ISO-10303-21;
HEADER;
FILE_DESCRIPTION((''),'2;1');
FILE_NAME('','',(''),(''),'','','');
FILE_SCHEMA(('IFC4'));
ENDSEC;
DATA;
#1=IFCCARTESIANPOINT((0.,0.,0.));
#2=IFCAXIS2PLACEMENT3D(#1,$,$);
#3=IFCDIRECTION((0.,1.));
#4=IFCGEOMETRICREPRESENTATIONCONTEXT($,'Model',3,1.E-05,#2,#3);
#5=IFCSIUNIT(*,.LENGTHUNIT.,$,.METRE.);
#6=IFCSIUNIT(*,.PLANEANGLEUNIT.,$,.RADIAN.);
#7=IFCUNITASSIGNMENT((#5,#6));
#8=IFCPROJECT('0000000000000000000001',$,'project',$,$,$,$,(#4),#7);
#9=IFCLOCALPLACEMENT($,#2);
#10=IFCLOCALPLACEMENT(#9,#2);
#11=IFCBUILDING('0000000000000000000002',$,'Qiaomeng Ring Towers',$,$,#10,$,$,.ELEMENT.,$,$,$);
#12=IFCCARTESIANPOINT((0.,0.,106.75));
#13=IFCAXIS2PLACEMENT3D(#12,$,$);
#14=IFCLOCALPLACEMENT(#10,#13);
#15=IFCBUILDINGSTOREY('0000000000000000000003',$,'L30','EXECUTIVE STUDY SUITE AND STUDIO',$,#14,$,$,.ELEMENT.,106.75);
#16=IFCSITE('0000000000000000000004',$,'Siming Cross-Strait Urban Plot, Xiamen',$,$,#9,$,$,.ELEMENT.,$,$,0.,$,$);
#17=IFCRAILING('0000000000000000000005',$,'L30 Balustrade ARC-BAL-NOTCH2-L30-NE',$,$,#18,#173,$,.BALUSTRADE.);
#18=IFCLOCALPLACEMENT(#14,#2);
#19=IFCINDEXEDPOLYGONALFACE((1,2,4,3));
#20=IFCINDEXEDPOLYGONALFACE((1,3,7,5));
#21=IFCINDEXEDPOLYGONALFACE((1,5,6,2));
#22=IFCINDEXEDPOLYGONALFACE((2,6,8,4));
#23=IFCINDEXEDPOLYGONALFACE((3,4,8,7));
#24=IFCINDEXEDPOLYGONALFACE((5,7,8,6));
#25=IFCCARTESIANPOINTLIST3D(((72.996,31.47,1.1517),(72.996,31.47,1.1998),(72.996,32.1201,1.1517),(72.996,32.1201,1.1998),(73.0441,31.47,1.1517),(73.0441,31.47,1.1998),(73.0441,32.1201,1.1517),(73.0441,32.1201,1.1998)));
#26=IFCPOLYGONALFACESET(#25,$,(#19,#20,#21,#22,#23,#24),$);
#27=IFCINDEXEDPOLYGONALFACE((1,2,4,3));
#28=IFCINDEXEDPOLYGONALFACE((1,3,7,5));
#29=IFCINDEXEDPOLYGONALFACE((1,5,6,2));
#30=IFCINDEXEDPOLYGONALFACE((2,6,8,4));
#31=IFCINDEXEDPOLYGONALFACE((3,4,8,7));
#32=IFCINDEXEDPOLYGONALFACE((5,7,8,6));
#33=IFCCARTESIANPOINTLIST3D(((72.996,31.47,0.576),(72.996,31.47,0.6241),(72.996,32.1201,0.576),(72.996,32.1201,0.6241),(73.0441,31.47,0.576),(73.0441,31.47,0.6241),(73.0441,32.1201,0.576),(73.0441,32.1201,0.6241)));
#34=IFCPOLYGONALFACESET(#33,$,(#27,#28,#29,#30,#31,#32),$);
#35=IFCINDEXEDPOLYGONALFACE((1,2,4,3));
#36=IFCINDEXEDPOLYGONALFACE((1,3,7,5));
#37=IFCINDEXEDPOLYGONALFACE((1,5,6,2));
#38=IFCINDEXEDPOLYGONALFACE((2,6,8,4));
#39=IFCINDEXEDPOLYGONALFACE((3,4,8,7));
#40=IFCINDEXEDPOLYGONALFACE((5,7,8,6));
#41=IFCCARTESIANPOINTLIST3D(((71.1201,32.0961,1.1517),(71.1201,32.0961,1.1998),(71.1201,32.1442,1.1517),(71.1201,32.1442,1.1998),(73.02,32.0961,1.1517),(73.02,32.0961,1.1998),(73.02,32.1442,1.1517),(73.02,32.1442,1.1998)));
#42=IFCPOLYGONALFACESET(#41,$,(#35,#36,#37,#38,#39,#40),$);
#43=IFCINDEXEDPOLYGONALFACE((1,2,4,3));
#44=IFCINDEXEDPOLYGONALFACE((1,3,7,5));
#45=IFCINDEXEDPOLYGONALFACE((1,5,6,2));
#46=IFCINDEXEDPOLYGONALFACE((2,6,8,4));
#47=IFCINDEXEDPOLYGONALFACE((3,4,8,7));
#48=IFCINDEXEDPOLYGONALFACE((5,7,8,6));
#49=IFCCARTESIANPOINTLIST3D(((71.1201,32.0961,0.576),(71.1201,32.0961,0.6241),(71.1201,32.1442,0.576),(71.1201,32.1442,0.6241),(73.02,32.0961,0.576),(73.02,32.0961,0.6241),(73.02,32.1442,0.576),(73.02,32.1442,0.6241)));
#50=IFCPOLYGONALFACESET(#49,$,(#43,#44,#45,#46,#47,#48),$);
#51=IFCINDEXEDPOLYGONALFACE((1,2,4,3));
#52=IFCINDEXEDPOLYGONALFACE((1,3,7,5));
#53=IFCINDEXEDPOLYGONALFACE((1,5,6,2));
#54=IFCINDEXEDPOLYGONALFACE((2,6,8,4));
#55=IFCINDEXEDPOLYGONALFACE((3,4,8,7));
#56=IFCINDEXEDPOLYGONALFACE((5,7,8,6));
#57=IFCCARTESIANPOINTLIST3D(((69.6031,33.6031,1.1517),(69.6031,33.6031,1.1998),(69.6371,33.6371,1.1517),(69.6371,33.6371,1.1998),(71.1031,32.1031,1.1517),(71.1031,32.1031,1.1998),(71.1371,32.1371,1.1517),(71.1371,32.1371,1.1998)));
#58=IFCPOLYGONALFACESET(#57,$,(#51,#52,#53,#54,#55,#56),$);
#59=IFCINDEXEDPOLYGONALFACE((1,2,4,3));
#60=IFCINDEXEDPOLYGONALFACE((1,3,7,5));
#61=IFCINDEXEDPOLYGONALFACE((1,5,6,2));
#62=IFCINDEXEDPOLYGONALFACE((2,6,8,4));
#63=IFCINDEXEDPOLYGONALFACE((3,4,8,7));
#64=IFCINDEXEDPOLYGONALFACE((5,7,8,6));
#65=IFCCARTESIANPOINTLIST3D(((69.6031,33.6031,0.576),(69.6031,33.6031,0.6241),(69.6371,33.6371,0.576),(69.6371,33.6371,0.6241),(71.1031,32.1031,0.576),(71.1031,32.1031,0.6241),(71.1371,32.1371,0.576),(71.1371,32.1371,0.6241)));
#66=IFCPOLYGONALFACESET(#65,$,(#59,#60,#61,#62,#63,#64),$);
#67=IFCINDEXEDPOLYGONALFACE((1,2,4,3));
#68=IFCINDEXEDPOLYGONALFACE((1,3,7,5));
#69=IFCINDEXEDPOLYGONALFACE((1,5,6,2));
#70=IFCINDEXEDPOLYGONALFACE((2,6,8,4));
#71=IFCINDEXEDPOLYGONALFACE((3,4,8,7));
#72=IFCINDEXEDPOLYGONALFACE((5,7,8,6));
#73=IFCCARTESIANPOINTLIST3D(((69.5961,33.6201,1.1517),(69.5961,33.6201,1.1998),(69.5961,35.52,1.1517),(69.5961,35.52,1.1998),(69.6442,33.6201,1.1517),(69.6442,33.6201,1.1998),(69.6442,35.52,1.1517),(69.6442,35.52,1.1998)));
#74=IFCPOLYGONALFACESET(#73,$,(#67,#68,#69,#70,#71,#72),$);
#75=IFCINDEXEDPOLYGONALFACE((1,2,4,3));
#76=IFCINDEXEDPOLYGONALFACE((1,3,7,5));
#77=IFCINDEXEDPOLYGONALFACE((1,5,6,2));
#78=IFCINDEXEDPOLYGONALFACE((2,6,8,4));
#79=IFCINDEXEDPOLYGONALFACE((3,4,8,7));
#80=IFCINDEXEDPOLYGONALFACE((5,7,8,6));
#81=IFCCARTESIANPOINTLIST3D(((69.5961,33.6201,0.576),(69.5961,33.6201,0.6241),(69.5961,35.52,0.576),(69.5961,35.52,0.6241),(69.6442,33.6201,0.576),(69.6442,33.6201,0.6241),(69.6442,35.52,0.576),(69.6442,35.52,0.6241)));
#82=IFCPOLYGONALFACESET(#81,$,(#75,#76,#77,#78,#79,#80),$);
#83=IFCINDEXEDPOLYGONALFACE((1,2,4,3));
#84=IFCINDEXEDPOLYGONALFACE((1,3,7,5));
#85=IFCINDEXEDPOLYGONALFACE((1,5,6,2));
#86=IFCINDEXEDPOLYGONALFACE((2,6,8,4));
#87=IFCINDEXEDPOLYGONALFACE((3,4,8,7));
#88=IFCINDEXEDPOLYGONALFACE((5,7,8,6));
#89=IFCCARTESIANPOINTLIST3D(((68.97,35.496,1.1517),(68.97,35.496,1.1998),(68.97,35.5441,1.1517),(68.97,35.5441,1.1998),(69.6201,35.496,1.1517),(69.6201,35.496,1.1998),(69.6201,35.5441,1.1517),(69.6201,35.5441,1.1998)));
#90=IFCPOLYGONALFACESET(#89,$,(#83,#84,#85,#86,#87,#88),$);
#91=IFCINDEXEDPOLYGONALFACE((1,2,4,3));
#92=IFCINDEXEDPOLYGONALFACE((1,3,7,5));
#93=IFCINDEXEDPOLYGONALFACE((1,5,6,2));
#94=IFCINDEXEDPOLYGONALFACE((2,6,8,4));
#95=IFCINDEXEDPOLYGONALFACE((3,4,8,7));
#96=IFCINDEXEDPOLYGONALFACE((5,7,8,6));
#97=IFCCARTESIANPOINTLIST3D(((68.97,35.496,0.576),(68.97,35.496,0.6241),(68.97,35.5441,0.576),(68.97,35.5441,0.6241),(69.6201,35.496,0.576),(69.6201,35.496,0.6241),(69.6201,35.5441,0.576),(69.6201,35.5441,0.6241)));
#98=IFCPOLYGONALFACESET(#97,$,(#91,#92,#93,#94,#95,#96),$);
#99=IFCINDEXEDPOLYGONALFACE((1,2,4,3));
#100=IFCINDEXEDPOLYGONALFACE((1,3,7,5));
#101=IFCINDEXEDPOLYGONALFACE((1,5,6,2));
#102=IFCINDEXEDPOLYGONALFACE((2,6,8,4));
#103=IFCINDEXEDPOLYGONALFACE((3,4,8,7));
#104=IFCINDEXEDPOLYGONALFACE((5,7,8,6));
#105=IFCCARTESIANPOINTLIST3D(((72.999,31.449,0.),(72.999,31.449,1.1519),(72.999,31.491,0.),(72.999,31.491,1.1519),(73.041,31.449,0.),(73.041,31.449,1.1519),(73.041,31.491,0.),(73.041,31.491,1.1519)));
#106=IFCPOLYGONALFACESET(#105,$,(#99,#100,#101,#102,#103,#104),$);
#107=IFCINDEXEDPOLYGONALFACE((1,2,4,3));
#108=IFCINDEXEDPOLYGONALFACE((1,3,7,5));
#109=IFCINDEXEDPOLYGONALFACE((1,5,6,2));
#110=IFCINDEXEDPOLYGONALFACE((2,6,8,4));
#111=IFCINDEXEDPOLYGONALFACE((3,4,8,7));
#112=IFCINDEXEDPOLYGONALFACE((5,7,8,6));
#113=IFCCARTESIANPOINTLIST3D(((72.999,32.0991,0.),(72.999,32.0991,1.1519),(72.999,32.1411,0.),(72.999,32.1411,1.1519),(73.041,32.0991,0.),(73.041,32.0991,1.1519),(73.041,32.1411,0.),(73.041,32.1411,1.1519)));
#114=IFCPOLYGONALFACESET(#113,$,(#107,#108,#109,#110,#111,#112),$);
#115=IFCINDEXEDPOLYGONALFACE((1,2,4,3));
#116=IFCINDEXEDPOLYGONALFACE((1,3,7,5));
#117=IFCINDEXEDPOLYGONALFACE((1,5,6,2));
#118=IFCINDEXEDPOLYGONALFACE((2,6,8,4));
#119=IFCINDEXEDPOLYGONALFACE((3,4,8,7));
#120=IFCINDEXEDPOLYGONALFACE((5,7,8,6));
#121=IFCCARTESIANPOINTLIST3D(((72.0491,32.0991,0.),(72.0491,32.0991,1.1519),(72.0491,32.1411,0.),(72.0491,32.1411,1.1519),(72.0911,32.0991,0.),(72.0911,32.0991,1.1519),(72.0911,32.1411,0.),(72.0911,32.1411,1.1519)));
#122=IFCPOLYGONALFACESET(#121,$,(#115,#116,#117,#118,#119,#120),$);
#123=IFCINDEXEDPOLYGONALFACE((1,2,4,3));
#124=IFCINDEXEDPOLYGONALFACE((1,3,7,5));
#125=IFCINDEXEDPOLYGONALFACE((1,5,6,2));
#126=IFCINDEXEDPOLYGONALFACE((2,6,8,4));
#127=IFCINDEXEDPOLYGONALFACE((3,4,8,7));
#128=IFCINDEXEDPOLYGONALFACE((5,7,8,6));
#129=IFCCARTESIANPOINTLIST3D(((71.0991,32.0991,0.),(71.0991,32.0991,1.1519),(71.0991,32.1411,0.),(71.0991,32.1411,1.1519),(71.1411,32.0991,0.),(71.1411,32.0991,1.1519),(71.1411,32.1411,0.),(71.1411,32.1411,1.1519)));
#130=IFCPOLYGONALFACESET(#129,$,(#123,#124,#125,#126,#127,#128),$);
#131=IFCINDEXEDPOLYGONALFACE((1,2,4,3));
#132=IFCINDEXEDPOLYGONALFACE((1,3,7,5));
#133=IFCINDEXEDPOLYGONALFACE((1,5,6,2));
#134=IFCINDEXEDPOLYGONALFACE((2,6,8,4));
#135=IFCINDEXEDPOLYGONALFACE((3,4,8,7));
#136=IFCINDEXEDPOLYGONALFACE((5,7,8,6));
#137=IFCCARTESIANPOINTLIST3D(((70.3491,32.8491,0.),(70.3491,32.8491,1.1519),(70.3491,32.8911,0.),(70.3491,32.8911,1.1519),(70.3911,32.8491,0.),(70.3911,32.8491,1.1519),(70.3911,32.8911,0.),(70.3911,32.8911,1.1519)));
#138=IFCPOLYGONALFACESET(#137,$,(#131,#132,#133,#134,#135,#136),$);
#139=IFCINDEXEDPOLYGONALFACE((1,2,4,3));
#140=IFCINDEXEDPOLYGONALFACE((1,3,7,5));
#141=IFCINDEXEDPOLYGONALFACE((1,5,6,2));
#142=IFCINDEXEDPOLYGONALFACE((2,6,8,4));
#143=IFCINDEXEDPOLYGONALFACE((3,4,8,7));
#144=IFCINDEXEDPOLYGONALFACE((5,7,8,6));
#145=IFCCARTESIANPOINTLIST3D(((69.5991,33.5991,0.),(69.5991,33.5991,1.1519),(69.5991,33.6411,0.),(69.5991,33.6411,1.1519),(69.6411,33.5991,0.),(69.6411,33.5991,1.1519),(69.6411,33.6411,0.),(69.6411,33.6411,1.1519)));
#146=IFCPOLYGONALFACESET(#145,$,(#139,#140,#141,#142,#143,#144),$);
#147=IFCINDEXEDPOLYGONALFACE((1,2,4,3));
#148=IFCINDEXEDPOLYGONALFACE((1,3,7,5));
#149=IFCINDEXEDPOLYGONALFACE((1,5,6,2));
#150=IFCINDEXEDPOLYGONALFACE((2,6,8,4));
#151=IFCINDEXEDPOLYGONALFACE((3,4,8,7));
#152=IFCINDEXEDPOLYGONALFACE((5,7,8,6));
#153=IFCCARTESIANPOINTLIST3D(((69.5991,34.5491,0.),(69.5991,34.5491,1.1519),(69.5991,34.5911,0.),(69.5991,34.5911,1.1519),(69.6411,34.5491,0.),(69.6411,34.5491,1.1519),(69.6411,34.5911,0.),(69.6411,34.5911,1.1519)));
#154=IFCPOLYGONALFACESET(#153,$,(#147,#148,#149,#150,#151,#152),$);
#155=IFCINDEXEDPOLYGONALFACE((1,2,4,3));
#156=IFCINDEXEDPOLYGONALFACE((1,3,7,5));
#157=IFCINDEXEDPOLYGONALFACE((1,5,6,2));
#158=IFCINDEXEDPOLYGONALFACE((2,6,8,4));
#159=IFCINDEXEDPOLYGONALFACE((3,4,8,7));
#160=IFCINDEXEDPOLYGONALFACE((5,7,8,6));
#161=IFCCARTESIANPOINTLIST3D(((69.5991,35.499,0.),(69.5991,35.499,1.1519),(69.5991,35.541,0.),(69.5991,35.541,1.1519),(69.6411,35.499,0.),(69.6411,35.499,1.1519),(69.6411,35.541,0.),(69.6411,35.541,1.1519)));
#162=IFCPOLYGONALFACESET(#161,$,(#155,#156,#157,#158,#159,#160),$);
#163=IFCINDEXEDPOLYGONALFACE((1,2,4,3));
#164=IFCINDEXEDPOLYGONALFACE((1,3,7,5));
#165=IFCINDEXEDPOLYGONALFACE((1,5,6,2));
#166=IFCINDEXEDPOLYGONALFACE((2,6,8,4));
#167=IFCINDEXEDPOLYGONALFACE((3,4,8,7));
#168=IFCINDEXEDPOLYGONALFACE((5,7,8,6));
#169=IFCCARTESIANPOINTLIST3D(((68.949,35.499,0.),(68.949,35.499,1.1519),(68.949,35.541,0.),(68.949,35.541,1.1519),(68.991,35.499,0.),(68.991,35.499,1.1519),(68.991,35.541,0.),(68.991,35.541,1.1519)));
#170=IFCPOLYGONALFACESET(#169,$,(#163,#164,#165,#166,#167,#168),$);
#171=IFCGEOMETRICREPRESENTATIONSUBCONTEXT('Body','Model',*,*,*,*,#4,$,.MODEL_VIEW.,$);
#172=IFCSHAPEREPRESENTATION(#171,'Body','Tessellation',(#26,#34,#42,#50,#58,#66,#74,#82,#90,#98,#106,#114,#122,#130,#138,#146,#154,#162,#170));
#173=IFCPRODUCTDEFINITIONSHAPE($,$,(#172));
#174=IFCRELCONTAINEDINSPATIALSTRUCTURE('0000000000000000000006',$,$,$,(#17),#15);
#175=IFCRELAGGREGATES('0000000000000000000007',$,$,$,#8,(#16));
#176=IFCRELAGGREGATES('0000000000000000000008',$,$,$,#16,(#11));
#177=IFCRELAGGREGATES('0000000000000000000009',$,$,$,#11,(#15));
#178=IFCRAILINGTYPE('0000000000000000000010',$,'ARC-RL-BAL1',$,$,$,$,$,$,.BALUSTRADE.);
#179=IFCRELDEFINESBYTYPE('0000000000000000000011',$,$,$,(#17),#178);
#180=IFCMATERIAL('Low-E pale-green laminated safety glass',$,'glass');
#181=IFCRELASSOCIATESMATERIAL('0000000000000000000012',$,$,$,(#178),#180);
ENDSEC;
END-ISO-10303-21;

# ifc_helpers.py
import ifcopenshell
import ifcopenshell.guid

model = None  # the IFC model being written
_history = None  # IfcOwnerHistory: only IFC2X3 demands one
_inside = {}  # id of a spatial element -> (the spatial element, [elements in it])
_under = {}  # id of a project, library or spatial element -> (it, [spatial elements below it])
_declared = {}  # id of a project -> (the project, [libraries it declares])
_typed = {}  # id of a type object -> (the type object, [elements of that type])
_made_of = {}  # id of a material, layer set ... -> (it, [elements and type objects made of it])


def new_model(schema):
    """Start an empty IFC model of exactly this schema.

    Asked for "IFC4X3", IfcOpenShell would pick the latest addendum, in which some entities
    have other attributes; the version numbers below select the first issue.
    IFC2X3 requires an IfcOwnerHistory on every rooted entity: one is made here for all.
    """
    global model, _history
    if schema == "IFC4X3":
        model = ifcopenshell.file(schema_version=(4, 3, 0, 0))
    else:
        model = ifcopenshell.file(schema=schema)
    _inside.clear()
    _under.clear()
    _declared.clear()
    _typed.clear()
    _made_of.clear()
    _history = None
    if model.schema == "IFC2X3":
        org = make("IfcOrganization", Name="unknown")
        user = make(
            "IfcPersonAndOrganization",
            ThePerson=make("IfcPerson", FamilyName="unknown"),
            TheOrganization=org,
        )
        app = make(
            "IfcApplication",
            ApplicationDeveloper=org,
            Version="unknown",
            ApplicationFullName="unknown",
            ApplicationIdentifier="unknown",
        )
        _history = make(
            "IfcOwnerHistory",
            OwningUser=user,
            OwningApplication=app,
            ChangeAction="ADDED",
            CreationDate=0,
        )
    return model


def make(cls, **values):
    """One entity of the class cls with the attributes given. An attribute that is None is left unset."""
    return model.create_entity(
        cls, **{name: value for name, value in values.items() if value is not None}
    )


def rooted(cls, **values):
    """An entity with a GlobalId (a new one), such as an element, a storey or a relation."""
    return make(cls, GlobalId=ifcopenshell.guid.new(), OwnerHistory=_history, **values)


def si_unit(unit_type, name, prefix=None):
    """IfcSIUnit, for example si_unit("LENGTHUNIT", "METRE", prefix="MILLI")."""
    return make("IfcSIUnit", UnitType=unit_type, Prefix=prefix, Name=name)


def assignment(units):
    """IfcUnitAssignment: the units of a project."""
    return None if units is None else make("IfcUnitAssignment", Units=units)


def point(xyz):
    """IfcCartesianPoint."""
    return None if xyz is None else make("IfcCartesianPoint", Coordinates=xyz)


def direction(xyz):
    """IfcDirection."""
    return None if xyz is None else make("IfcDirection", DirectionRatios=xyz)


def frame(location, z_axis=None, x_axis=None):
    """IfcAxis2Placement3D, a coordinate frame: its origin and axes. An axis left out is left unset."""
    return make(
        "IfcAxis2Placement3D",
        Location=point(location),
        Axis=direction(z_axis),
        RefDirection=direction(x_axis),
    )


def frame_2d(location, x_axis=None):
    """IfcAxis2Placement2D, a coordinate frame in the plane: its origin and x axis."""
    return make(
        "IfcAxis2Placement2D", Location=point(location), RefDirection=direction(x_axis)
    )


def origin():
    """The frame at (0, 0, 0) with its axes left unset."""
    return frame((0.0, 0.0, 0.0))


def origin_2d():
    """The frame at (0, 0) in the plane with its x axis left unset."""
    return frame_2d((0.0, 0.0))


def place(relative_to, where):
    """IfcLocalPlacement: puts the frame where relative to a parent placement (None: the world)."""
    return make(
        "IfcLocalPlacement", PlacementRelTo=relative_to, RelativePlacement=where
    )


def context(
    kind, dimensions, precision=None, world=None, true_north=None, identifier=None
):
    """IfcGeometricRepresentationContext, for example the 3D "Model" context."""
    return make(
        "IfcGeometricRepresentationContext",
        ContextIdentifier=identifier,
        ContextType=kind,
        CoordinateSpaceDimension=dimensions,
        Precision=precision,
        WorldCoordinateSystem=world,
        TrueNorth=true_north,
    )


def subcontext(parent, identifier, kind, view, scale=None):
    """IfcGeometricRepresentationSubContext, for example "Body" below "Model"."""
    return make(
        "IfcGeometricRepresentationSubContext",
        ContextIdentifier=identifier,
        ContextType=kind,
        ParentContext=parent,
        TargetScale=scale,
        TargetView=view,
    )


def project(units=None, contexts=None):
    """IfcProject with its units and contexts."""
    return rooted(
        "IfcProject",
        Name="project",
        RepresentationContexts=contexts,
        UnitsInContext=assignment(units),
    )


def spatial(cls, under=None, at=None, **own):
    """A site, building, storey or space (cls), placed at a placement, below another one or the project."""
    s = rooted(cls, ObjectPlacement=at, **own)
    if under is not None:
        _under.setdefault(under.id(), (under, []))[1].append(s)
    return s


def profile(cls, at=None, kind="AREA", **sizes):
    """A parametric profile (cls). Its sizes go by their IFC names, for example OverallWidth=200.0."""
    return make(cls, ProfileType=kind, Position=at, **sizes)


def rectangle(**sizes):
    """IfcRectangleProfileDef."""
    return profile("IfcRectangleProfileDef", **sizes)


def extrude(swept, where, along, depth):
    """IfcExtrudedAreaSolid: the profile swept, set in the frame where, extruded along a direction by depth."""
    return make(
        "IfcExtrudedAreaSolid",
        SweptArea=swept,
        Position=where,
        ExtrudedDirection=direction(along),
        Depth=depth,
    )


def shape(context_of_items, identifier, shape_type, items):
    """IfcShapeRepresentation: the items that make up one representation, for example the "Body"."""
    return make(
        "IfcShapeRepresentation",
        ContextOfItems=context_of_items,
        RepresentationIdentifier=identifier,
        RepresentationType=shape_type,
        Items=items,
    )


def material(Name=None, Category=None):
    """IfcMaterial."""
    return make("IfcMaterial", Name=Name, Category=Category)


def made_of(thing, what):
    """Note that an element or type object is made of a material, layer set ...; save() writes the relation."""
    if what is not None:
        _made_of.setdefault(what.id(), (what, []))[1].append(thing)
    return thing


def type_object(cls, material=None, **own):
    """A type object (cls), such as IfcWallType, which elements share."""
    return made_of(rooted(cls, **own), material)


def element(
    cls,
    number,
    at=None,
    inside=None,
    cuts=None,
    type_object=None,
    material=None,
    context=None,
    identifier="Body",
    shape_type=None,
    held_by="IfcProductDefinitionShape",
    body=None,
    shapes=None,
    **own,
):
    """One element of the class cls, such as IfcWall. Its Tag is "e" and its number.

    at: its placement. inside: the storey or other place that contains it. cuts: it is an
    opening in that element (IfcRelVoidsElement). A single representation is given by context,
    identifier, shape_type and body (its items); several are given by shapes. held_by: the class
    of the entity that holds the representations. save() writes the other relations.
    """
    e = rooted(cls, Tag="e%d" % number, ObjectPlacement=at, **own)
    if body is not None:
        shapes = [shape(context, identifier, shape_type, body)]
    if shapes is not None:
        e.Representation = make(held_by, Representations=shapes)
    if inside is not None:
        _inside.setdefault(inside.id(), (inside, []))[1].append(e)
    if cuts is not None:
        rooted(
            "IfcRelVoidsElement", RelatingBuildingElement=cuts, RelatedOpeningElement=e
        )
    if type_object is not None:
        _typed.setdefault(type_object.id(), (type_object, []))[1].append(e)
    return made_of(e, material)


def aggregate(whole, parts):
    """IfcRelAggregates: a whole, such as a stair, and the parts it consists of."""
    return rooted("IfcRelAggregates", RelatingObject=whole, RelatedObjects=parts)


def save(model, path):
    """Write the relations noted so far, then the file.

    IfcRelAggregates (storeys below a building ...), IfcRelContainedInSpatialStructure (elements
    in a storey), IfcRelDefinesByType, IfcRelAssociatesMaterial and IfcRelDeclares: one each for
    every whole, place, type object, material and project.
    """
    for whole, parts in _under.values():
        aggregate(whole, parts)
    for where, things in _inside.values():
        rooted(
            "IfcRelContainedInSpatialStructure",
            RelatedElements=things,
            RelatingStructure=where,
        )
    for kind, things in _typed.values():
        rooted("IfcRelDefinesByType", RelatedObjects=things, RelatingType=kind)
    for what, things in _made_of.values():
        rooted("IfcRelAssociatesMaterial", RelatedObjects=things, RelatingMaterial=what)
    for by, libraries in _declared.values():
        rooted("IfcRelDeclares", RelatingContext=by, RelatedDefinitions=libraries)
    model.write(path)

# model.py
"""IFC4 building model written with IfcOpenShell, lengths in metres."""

from ifc_helpers import new_model, si_unit, direction, frame, origin, origin_2d, place, context, subcontext, project, spatial, rectangle, extrude, material, type_object, element, save


model = new_model("IFC4")

# Units and contexts
model_context = context("Model", 3, precision=1e-05, world=origin(), true_north=direction((0.0, 1.0)))
body_context = subcontext(model_context, "Body", "Model", "MODEL_VIEW")
ifc_project = project(units=[si_unit("LENGTHUNIT", "METRE"), si_unit("PLANEANGLEUNIT", "RADIAN")], contexts=[model_context])

# Site, building, storey
site_placement = place(None, origin())
site = spatial("IfcSite", under=ifc_project, at=site_placement, Name="Siming Cross-Strait Urban Plot, Xiamen", CompositionType="ELEMENT", RefElevation=0.0)
building_placement = place(site_placement, origin())
building = spatial("IfcBuilding", under=site, at=building_placement, Name="Qiaomeng Ring Towers", CompositionType="ELEMENT")
storey_placement = place(building_placement, frame((0.0, 0.0, 106.75)))
storey = spatial("IfcBuildingStorey", under=building, at=storey_placement, Name="L30", Description="EXECUTIVE STUDY SUITE AND STUDIO", CompositionType="ELEMENT", Elevation=106.75)

# Railing
ifc_material_1 = material(Name="Low-E pale-green laminated safety glass", Category="glass")
railing_type = type_object("IfcRailingType", Name="ARC-RL-BAL1", PredefinedType="BALUSTRADE", material=ifc_material_1)
railing_1_placement = place(storey_placement, frame((73.02, 31.47, 0.0)))
element("IfcRailing", 1, at=railing_1_placement, inside=storey, type_object=railing_type, Name="L30 Balustrade ARC-BAL-NOTCH2-L30-NE", PredefinedType="BALUSTRADE", context=body_context, shape_type="SweptSolid", body=[
    extrude(rectangle(XDim=0.0481, YDim=0.0481, at=origin_2d()), frame((0.0, 0.0, 1.1758), z_axis=(0.0, 1.0, 0.0), x_axis=(-1.0, 0.0, 0.0)), (0.0, 0.0, 1.0), 0.6501),
    extrude(rectangle(XDim=0.0481, YDim=0.0481, at=origin_2d()), frame((0.0, 0.0, 0.6001), z_axis=(0.0, 1.0, 0.0), x_axis=(-1.0, 0.0, 0.0)), (0.0, 0.0, 1.0), 0.6501),
    extrude(rectangle(XDim=0.0481, YDim=0.0481, at=origin_2d()), frame((0.0, 0.6501, 1.1758), z_axis=(-1.0, 0.0, 0.0), x_axis=(0.0, -1.0, 0.0)), (0.0, 0.0, 1.0), 1.8999),
    extrude(rectangle(XDim=0.0481, YDim=0.0481, at=origin_2d()), frame((0.0, 0.6501, 0.6001), z_axis=(-1.0, 0.0, 0.0), x_axis=(0.0, -1.0, 0.0)), (0.0, 0.0, 1.0), 1.8999),
    extrude(rectangle(XDim=0.0481, YDim=0.0481, at=origin_2d()), frame((-1.8999, 0.6501, 1.1758), z_axis=(-0.707107, 0.707107, 0.0), x_axis=(-0.707107, -0.707107, 0.0)), (0.0, 0.0, 1.0), 2.1213),
    extrude(rectangle(XDim=0.0481, YDim=0.0481, at=origin_2d()), frame((-1.8999, 0.6501, 0.6001), z_axis=(-0.707107, 0.707107, 0.0), x_axis=(-0.707107, -0.707107, 0.0)), (0.0, 0.0, 1.0), 2.1213),
    extrude(rectangle(XDim=0.0481, YDim=0.0481, at=origin_2d()), frame((-3.3999, 2.1501, 1.1758), z_axis=(0.0, 1.0, 0.0), x_axis=(-1.0, 0.0, 0.0)), (0.0, 0.0, 1.0), 1.8999),
    extrude(rectangle(XDim=0.0481, YDim=0.0481, at=origin_2d()), frame((-3.3999, 2.1501, 0.6001), z_axis=(0.0, 1.0, 0.0), x_axis=(-1.0, 0.0, 0.0)), (0.0, 0.0, 1.0), 1.8999),
    extrude(rectangle(XDim=0.0481, YDim=0.0481, at=origin_2d()), frame((-3.3999, 4.05, 1.1758), z_axis=(-1.0, 0.0, 0.0), x_axis=(0.0, -1.0, 0.0)), (0.0, 0.0, 1.0), 0.6501),
    extrude(rectangle(XDim=0.0481, YDim=0.0481, at=origin_2d()), frame((-3.3999, 4.05, 0.6001), z_axis=(-1.0, 0.0, 0.0), x_axis=(0.0, -1.0, 0.0)), (0.0, 0.0, 1.0), 0.6501),
    extrude(rectangle(XDim=0.042, YDim=0.042, at=origin_2d()), origin(), (0.0, 0.0, 1.0), 1.1519),
    extrude(rectangle(XDim=0.042, YDim=0.042, at=origin_2d()), frame((0.0, 0.6501, 0.0)), (0.0, 0.0, 1.0), 1.1519),
    extrude(rectangle(XDim=0.042, YDim=0.042, at=origin_2d()), frame((-0.95, 0.6501, 0.0)), (0.0, 0.0, 1.0), 1.1519),
    extrude(rectangle(XDim=0.042, YDim=0.042, at=origin_2d()), frame((-1.8999, 0.6501, 0.0)), (0.0, 0.0, 1.0), 1.1519),
    extrude(rectangle(XDim=0.042, YDim=0.042, at=origin_2d()), frame((-2.6499, 1.4001, 0.0)), (0.0, 0.0, 1.0), 1.1519),
    extrude(rectangle(XDim=0.042, YDim=0.042, at=origin_2d()), frame((-3.3999, 2.1501, 0.0)), (0.0, 0.0, 1.0), 1.1519),
    extrude(rectangle(XDim=0.042, YDim=0.042, at=origin_2d()), frame((-3.3999, 3.1001, 0.0)), (0.0, 0.0, 1.0), 1.1519),
    extrude(rectangle(XDim=0.042, YDim=0.042, at=origin_2d()), frame((-3.3999, 4.05, 0.0)), (0.0, 0.0, 1.0), 1.1519),
    extrude(rectangle(XDim=0.042, YDim=0.042, at=origin_2d()), frame((-4.05, 4.05, 0.0)), (0.0, 0.0, 1.0), 1.1519),
])

save(model, "model.ifc")
